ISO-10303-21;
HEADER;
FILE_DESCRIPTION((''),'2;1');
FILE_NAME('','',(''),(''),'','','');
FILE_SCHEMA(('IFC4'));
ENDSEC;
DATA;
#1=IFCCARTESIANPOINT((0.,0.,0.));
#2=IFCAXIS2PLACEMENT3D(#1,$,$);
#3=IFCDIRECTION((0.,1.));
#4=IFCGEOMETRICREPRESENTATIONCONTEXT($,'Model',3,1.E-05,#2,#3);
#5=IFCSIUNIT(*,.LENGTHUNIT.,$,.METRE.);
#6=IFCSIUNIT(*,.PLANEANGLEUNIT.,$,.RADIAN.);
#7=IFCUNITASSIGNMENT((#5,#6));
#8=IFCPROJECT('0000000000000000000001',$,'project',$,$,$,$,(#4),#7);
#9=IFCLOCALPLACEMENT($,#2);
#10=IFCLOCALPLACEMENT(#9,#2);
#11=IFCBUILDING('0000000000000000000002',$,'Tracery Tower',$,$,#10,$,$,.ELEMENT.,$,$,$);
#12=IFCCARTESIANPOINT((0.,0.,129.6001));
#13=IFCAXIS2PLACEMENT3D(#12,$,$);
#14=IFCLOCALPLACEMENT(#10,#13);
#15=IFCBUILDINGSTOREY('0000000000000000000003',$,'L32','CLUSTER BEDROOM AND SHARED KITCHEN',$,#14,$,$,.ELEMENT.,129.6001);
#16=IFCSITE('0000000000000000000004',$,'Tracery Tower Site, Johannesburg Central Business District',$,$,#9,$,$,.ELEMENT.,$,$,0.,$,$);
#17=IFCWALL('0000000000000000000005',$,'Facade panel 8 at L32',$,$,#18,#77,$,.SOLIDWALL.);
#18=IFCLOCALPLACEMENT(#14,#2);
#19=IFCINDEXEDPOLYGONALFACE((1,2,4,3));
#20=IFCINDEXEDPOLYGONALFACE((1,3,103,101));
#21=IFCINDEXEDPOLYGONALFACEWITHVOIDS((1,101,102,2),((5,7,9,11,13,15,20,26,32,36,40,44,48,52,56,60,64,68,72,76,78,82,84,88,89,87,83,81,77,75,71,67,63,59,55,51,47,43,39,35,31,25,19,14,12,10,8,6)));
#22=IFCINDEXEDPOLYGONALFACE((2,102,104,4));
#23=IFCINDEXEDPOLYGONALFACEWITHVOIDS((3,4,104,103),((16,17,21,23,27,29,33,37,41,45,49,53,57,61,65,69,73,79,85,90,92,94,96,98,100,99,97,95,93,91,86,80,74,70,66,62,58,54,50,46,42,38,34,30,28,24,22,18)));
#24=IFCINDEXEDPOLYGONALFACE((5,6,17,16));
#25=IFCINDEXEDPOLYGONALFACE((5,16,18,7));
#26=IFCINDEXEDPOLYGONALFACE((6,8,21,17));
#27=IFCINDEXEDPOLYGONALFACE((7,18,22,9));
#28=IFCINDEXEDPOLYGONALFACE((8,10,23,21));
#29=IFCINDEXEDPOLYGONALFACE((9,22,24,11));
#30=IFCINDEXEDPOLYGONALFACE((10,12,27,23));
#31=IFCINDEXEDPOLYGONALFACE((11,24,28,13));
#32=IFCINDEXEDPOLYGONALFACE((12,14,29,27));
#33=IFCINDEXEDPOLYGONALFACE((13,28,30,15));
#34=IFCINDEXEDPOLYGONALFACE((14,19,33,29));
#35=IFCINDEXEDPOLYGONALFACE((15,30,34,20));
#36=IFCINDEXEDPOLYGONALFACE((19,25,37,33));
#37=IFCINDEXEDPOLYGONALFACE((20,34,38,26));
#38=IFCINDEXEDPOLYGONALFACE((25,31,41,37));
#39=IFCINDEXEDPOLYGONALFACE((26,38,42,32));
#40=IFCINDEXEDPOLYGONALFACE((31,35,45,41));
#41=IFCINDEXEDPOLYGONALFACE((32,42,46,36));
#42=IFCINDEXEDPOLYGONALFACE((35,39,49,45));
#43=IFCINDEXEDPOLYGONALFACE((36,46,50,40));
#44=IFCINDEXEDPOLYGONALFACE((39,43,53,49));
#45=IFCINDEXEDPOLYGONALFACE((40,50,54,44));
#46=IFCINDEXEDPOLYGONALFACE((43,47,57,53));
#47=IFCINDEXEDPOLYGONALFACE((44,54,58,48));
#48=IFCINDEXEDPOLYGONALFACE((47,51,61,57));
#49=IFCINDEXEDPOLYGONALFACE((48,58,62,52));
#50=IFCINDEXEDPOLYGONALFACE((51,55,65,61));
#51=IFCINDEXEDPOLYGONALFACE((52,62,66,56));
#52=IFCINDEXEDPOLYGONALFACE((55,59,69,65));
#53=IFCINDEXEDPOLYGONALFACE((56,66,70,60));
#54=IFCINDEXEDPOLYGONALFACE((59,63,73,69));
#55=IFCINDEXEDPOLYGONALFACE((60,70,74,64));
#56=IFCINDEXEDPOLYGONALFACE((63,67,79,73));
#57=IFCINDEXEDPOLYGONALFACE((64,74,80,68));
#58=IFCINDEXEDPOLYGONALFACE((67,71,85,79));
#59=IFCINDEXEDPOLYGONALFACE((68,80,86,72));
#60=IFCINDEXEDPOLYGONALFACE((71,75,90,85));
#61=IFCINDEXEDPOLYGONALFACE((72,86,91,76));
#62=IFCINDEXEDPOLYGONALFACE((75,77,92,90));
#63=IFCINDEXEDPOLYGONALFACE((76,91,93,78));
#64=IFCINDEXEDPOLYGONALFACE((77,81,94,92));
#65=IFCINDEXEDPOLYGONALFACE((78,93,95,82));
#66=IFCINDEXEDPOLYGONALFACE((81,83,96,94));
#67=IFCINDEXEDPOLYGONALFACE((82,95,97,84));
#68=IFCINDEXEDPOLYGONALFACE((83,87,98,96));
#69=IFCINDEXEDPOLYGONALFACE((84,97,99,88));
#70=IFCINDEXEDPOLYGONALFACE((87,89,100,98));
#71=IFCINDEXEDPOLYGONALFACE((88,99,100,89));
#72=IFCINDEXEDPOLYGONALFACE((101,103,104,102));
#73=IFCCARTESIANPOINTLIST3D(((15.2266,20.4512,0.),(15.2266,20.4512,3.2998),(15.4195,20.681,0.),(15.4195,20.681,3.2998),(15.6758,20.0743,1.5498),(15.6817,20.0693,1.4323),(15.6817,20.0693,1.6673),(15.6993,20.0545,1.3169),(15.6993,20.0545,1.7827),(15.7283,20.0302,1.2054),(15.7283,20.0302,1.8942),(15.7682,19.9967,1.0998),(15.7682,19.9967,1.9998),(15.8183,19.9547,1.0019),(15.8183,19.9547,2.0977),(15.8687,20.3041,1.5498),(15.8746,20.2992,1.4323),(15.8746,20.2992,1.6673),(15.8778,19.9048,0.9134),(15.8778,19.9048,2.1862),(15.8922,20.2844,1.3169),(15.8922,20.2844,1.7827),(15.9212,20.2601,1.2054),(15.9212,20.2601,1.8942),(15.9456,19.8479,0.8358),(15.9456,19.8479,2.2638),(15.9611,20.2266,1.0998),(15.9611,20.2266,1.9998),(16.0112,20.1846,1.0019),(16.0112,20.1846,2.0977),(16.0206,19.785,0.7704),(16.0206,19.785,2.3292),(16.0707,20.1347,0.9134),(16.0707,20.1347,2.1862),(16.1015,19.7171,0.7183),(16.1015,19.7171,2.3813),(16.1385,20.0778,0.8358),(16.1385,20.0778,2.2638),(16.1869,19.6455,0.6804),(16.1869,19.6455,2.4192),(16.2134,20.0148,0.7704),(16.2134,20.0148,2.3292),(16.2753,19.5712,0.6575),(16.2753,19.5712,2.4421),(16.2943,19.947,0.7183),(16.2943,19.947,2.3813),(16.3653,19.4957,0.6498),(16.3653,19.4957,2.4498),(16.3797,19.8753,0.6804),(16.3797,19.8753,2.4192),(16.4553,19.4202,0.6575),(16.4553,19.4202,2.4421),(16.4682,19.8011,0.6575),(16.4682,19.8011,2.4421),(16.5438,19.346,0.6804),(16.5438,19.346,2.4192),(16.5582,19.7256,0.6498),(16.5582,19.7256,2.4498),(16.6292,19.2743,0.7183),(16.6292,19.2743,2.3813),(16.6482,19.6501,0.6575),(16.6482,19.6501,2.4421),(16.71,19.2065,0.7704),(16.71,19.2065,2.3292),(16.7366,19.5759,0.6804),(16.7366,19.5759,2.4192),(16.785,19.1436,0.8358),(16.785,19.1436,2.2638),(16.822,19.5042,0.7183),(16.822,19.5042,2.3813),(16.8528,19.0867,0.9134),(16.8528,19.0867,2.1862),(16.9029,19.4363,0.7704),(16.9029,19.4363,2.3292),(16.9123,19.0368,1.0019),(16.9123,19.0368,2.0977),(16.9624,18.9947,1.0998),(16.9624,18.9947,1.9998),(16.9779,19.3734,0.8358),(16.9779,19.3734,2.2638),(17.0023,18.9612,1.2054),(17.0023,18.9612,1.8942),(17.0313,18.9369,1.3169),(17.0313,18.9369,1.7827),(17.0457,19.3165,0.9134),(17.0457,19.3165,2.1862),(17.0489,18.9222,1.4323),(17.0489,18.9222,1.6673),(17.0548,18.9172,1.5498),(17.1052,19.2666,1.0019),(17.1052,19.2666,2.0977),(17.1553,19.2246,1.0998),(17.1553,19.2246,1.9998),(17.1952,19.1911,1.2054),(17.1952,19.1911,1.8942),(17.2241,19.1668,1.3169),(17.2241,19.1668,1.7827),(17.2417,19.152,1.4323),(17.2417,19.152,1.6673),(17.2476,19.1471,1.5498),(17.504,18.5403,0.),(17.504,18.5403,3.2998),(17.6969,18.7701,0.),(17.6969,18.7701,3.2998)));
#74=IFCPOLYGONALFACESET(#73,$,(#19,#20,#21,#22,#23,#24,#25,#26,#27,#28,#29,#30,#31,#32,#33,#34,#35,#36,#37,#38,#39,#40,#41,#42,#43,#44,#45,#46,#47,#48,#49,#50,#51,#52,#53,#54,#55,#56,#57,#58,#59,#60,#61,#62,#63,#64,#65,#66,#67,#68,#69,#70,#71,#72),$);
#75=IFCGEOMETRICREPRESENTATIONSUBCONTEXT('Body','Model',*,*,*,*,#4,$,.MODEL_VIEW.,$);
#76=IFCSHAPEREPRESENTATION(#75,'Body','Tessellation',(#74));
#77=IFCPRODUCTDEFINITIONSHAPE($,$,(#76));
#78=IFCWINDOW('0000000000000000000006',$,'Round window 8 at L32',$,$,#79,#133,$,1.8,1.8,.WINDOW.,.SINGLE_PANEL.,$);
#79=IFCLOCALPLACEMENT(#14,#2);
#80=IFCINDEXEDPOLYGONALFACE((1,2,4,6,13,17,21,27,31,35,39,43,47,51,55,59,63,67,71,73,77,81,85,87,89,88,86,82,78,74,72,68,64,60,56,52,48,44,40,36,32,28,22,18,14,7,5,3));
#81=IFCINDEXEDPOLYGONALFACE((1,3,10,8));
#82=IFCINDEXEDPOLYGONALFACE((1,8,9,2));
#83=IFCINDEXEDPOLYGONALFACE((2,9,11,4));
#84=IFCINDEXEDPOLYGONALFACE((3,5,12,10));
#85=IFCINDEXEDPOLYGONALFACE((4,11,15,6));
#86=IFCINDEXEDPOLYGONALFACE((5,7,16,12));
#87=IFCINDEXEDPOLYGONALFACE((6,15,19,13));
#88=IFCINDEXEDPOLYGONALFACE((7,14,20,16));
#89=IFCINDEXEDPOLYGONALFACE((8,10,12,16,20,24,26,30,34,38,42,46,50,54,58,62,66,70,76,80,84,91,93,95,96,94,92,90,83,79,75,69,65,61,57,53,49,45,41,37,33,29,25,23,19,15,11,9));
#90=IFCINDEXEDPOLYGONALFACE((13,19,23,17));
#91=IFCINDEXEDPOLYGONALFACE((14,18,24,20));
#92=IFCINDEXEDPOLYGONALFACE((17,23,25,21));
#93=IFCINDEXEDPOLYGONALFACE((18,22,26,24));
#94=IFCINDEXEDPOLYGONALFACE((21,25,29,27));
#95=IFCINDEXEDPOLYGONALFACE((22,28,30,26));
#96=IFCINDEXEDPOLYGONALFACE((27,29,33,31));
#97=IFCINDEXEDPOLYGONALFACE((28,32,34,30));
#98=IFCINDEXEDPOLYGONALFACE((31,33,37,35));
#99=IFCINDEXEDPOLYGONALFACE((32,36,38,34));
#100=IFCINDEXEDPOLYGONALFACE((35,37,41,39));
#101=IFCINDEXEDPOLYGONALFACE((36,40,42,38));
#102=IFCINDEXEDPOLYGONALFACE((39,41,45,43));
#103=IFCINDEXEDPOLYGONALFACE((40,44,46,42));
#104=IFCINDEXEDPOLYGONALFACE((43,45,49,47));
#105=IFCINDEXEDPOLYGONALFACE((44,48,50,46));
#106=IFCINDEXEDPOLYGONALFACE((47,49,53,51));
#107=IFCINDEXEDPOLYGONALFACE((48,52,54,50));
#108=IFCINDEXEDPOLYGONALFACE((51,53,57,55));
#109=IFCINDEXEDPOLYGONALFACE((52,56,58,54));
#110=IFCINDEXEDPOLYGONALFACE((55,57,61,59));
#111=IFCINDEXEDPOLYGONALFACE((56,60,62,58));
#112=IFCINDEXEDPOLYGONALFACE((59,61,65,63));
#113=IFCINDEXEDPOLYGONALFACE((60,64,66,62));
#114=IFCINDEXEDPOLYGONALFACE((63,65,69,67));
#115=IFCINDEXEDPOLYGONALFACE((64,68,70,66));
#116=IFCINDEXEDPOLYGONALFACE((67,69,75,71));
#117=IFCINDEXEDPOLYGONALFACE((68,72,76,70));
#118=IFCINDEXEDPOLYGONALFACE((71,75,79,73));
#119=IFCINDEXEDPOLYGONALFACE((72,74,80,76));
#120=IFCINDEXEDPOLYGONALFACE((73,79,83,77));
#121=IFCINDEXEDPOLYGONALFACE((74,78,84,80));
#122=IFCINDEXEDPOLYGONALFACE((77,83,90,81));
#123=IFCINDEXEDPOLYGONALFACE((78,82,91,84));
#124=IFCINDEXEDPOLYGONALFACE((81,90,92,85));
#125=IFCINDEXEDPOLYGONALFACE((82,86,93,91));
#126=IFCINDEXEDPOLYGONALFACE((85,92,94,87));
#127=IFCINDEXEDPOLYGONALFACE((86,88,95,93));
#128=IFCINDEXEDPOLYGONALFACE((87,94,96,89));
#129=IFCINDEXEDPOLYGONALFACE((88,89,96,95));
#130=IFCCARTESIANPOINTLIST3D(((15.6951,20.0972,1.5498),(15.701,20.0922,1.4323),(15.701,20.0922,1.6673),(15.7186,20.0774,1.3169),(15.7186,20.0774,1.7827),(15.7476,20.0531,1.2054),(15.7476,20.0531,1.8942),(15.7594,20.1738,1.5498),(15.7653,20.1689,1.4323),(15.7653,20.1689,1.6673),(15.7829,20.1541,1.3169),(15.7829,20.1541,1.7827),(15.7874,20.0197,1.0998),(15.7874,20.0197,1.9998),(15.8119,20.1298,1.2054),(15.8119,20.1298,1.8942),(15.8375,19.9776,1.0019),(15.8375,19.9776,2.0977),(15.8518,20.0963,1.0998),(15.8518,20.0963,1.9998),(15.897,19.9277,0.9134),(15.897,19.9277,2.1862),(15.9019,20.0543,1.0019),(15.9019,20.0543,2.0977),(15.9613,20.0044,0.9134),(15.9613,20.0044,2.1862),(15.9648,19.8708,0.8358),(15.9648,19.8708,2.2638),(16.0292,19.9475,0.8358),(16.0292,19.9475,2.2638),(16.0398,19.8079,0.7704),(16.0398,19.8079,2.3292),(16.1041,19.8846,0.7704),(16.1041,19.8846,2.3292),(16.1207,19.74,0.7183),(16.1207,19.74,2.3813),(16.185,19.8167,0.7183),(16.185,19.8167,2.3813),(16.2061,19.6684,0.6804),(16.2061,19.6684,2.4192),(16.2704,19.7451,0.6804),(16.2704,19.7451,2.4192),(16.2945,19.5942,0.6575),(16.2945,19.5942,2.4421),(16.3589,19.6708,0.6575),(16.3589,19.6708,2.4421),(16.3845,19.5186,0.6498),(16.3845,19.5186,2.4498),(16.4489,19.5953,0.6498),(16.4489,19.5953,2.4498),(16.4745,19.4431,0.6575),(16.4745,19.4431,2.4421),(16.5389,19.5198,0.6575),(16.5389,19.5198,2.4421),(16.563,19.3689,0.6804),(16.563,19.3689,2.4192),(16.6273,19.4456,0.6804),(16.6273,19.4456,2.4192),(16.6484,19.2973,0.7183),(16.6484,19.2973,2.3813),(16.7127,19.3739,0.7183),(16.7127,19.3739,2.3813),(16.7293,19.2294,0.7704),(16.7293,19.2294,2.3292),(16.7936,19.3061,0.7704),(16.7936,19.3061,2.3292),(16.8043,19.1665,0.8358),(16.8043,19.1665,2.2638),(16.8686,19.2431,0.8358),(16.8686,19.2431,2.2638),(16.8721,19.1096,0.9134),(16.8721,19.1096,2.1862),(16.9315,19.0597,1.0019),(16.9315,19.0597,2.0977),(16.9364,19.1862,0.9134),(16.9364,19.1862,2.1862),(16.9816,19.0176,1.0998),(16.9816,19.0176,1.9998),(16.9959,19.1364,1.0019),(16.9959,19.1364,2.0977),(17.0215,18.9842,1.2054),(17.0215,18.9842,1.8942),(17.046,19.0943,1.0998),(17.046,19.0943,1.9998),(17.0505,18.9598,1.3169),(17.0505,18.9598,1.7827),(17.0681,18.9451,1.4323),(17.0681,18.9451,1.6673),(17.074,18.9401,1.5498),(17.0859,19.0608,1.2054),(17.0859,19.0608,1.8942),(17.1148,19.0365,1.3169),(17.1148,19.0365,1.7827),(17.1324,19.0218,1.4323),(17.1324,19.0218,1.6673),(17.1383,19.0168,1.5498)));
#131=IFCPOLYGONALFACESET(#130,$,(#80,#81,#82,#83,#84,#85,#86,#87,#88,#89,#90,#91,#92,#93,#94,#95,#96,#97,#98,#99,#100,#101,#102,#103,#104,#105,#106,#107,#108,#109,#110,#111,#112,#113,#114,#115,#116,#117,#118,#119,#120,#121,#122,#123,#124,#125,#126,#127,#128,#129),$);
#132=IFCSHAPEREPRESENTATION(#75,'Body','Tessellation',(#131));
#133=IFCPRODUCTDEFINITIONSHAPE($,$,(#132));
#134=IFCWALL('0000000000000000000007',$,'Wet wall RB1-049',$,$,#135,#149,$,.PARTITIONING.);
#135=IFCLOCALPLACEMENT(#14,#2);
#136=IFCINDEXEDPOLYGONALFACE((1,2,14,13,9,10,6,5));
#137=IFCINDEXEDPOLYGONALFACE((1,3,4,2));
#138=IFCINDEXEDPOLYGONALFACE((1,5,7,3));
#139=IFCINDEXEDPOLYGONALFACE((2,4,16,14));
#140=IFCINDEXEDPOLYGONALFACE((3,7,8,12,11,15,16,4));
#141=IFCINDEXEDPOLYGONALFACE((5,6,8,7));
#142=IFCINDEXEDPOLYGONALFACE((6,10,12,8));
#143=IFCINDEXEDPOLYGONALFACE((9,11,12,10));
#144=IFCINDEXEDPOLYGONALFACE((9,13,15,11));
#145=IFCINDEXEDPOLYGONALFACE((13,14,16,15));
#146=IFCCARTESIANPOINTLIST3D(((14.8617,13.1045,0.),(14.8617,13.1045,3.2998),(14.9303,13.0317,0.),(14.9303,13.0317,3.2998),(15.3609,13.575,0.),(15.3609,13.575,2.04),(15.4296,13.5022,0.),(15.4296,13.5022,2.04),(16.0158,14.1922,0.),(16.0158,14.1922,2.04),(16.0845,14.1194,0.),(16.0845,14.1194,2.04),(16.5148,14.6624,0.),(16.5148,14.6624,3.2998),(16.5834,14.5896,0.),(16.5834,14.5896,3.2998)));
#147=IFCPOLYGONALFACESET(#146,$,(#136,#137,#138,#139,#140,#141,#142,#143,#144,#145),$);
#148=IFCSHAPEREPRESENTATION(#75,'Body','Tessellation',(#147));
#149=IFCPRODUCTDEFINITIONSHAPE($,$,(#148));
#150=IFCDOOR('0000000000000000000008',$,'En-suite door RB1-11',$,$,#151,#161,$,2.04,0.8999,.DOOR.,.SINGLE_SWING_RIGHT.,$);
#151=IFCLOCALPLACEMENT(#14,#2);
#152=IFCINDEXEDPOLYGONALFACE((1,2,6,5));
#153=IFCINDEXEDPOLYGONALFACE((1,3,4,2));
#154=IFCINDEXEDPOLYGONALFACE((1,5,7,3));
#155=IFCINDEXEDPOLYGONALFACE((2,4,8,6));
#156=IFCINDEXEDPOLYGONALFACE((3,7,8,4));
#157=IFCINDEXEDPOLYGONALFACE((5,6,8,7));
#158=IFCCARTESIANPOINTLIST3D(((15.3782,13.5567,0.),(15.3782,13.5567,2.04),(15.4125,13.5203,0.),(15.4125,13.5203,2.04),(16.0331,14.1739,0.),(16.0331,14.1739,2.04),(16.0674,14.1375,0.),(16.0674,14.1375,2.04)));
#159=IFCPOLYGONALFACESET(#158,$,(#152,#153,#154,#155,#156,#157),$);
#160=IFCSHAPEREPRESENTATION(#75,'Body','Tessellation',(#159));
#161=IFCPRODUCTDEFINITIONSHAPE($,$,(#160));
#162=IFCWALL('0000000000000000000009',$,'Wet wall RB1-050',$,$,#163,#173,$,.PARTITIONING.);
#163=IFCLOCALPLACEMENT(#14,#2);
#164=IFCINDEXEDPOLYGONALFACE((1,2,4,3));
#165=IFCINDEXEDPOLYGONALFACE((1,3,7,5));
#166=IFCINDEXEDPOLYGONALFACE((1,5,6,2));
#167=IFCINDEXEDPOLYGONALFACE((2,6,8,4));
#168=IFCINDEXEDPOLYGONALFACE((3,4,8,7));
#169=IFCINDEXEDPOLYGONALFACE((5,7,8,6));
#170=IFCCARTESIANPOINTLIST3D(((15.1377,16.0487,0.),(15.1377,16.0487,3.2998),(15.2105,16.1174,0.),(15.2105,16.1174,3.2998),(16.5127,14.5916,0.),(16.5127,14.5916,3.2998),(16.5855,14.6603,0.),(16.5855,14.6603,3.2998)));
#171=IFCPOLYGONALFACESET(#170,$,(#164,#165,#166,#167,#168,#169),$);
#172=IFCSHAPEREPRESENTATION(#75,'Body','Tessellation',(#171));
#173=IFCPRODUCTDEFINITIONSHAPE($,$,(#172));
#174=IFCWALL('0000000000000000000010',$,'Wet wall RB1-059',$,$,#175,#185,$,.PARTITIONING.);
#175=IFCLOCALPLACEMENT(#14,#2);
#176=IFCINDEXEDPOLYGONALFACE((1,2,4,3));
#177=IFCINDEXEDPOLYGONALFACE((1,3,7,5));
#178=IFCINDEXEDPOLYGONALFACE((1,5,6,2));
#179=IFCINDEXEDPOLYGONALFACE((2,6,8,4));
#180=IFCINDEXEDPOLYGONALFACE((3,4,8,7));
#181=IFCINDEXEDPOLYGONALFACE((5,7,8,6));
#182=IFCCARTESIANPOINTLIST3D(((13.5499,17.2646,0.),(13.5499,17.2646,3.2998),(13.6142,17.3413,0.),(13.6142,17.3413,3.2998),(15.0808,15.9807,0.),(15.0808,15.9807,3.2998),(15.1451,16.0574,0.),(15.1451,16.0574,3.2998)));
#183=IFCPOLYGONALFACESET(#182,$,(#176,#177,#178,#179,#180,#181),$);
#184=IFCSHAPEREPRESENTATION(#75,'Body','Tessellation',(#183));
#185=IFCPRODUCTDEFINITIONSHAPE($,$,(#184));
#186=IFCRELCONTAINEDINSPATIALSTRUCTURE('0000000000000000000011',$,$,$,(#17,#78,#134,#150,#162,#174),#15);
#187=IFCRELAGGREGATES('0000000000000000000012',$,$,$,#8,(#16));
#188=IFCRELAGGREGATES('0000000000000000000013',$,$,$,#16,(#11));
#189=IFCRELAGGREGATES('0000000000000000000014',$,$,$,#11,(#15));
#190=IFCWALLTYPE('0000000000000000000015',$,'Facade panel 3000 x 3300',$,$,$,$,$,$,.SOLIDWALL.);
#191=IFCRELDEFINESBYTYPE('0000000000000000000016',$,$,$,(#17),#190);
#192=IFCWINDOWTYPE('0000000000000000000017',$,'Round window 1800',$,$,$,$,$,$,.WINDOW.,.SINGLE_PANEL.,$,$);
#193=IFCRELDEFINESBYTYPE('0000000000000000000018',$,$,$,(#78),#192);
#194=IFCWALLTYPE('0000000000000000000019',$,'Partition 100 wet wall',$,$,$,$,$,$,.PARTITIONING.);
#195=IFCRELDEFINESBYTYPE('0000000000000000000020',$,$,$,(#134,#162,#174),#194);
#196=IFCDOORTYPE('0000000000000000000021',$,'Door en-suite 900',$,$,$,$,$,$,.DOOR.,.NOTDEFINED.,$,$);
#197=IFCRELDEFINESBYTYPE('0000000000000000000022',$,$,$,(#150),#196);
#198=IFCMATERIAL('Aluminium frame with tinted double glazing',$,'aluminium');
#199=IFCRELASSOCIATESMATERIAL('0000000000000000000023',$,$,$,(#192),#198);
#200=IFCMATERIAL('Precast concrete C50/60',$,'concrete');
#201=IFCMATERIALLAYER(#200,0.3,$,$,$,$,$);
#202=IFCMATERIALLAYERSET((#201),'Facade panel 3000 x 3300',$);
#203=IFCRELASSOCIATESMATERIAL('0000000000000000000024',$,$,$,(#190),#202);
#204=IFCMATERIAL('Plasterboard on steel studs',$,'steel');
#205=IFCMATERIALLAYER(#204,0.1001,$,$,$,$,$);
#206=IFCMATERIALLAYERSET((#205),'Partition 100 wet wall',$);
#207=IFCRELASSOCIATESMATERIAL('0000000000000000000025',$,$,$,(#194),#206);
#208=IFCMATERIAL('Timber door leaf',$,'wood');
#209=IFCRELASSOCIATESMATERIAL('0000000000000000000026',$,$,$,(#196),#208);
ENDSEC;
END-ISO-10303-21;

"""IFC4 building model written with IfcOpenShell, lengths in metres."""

from ifc_helpers import new_model, si_unit, direction, frame, frame_2d, origin, origin_2d, place, context, subcontext, project, spatial, rectangle, circle, extrude, material, layer, layer_set, type_object, element, fill, save


model = new_model("IFC4")

# Units and contexts
model_context = context("Model", 3, precision=1e-05, world=origin(), true_north=direction((0.0, 1.0)))
body_context = subcontext(model_context, "Body", "Model", "MODEL_VIEW")
ifc_project = project(units=[si_unit("LENGTHUNIT", "METRE"), si_unit("PLANEANGLEUNIT", "RADIAN")], contexts=[model_context])

# Site, building, storey
site_placement = place(None, origin())
site = spatial("IfcSite", under=ifc_project, at=site_placement, Name="Tracery Tower Site, Johannesburg Central Business District", CompositionType="ELEMENT", RefElevation=0.0)
building_placement = place(site_placement, origin())
building = spatial("IfcBuilding", under=site, at=building_placement, Name="Tracery Tower", CompositionType="ELEMENT")
storey_placement = place(building_placement, frame((0.0, 0.0, 129.6001)))
storey = spatial("IfcBuildingStorey", under=building, at=storey_placement, Name="L32", Description="CLUSTER BEDROOM AND SHARED KITCHEN", CompositionType="ELEMENT", Elevation=129.6001)

# Wall, opening, window
ifc_material_1 = material(Name="Aluminium frame with tinted double glazing", Category="aluminium")
window_type = type_object("IfcWindowType", Name="Round window 1800", PartitioningType="SINGLE_PANEL", PredefinedType="WINDOW", material=ifc_material_1)
ifc_material_2 = material(Name="Precast concrete C50/60", Category="concrete")
ifc_layer_1 = layer(ifc_material_2, 0.3)
ifc_layer_set_1 = layer_set([ifc_layer_1], Name="Facade panel 3000 x 3300")
wall_type_1 = type_object("IfcWallType", Name="Facade panel 3000 x 3300", PredefinedType="SOLIDWALL", material=ifc_layer_set_1)
wall_1_placement = place(storey_placement, frame((17.6003, 18.6553, 0.0), z_axis=(0.0, 0.0, 1.0), x_axis=(-0.766049, 0.642782, 0.0)))
wall_1 = element("IfcWall", 1, at=wall_1_placement, inside=storey, type_object=wall_type_1, Name="Facade panel 8 at L32", PredefinedType="SOLIDWALL", context=body_context, shape_type="SweptSolid", body=[
    extrude(rectangle(XDim=2.9729, YDim=0.3, at=frame_2d((1.4863, 0.0))), origin(), (0.0, 0.0, 1.0), 3.2998),
])
opening_1_placement = place(wall_1_placement, frame((1.4863, 0.0, 1.5498)))
opening_1 = element("IfcOpeningElement", 2, at=opening_1_placement, cuts=wall_1, PredefinedType="OPENING", context=body_context, shape_type="SweptSolid", body=[
    extrude(circle(Radius=0.9, at=origin_2d()), frame((0.0, 0.1599, 0.0), z_axis=(0.0, -1.0, 0.0), x_axis=(1.0, 0.0, 0.0)), (0.0, 0.0, 1.0), 0.3201),
])
window_1_placement = place(opening_1_placement, origin())
window_1 = element("IfcWindow", 3, at=window_1_placement, inside=storey, type_object=window_type, Name="Round window 8 at L32", OverallHeight=1.8, OverallWidth=1.8, PartitioningType="SINGLE_PANEL", PredefinedType="WINDOW", context=body_context, shape_type="SweptSolid", body=[
    extrude(circle(Radius=0.9, at=origin_2d()), frame((0.0, 0.1201, 0.0), z_axis=(0.0, -1.0, 0.0), x_axis=(1.0, 0.0, 0.0)), (0.0, 0.0, 1.0), 0.1001),
])
fill(opening_1, window_1)

# Wall, opening, door
ifc_material_3 = material(Name="Plasterboard on steel studs", Category="steel")
ifc_layer_2 = layer(ifc_material_3, 0.1001)
ifc_layer_set_2 = layer_set([ifc_layer_2], Name="Partition 100 wet wall")
wall_type_2 = type_object("IfcWallType", Name="Partition 100 wet wall", PredefinedType="PARTITIONING", material=ifc_layer_set_2)
wall_2_placement = place(storey_placement, frame((14.896, 13.0681, 0.0), z_axis=(0.0, 0.0, 1.0), x_axis=(0.727755, 0.685837, 0.0)))
wall_2 = element("IfcWall", 4, at=wall_2_placement, inside=storey, type_object=wall_type_2, Name="Wet wall RB1-049", PredefinedType="PARTITIONING", context=body_context, shape_type="SweptSolid", body=[
    extrude(rectangle(XDim=2.2715, YDim=0.1001, at=frame_2d((1.1357, 0.0))), origin(), (0.0, 0.0, 1.0), 3.2998),
])
opening_2_placement = place(wall_2_placement, frame((0.686, 0.0, 0.0)))
opening_2 = element("IfcOpeningElement", 5, at=opening_2_placement, cuts=wall_2, PredefinedType="OPENING", context=body_context, shape_type="SweptSolid", body=[
    extrude(rectangle(XDim=0.8999, YDim=2.04, at=frame_2d((0.45, 1.02))), frame((0.0, 0.05, 0.0), z_axis=(0.0, -1.0, 0.0), x_axis=(1.0, 0.0, 0.0)), (0.0, 0.0, 1.0), 0.1001),
])
ifc_material_4 = material(Name="Timber door leaf", Category="wood")
door_type_1 = type_object("IfcDoorType", Name="Door en-suite 900", OperationType="NOTDEFINED", PredefinedType="DOOR", material=ifc_material_4)
door_1_placement = place(opening_2_placement, origin())
door_1 = element("IfcDoor", 6, at=door_1_placement, inside=storey, type_object=door_type_1, Name="En-suite door RB1-11", OperationType="SINGLE_SWING_RIGHT", OverallHeight=2.04, OverallWidth=0.8999, PredefinedType="DOOR", context=body_context, shape_type="SweptSolid", body=[
    extrude(rectangle(XDim=0.8999, YDim=2.04, at=frame_2d((0.45, 1.02))), frame((0.0, 0.0249, 0.0), z_axis=(0.0, -1.0, 0.0), x_axis=(1.0, 0.0, 0.0)), (0.0, 0.0, 1.0), 0.05),
])
fill(opening_2, door_1)

# Walls
wall_3_placement = place(storey_placement, frame((15.1741, 16.083, 0.0), z_axis=(0.0, 0.0, 1.0), x_axis=(0.686337, -0.727283, 0.0)))
element("IfcWall", 7, at=wall_3_placement, inside=storey, type_object=wall_type_2, Name="Wet wall RB1-050", PredefinedType="PARTITIONING", context=body_context, shape_type="SweptSolid", body=[
    extrude(rectangle(XDim=2.0034, YDim=0.1001, at=frame_2d((1.0017, 0.0))), origin(), (0.0, 0.0, 1.0), 3.2998),
])
wall_4_placement = place(storey_placement, frame((13.582, 17.303, 0.0), z_axis=(0.0, 0.0, 1.0), x_axis=(0.766225, -0.642573, 0.0)))
element("IfcWall", 8, at=wall_4_placement, inside=storey, type_object=wall_type_2, Name="Wet wall RB1-059", PredefinedType="PARTITIONING", context=body_context, shape_type="SweptSolid", body=[
    extrude(rectangle(XDim=1.998, YDim=0.1001, at=frame_2d((0.999, 0.0))), origin(), (0.0, 0.0, 1.0), 3.2998),
])

save(model, "model.ifc")
